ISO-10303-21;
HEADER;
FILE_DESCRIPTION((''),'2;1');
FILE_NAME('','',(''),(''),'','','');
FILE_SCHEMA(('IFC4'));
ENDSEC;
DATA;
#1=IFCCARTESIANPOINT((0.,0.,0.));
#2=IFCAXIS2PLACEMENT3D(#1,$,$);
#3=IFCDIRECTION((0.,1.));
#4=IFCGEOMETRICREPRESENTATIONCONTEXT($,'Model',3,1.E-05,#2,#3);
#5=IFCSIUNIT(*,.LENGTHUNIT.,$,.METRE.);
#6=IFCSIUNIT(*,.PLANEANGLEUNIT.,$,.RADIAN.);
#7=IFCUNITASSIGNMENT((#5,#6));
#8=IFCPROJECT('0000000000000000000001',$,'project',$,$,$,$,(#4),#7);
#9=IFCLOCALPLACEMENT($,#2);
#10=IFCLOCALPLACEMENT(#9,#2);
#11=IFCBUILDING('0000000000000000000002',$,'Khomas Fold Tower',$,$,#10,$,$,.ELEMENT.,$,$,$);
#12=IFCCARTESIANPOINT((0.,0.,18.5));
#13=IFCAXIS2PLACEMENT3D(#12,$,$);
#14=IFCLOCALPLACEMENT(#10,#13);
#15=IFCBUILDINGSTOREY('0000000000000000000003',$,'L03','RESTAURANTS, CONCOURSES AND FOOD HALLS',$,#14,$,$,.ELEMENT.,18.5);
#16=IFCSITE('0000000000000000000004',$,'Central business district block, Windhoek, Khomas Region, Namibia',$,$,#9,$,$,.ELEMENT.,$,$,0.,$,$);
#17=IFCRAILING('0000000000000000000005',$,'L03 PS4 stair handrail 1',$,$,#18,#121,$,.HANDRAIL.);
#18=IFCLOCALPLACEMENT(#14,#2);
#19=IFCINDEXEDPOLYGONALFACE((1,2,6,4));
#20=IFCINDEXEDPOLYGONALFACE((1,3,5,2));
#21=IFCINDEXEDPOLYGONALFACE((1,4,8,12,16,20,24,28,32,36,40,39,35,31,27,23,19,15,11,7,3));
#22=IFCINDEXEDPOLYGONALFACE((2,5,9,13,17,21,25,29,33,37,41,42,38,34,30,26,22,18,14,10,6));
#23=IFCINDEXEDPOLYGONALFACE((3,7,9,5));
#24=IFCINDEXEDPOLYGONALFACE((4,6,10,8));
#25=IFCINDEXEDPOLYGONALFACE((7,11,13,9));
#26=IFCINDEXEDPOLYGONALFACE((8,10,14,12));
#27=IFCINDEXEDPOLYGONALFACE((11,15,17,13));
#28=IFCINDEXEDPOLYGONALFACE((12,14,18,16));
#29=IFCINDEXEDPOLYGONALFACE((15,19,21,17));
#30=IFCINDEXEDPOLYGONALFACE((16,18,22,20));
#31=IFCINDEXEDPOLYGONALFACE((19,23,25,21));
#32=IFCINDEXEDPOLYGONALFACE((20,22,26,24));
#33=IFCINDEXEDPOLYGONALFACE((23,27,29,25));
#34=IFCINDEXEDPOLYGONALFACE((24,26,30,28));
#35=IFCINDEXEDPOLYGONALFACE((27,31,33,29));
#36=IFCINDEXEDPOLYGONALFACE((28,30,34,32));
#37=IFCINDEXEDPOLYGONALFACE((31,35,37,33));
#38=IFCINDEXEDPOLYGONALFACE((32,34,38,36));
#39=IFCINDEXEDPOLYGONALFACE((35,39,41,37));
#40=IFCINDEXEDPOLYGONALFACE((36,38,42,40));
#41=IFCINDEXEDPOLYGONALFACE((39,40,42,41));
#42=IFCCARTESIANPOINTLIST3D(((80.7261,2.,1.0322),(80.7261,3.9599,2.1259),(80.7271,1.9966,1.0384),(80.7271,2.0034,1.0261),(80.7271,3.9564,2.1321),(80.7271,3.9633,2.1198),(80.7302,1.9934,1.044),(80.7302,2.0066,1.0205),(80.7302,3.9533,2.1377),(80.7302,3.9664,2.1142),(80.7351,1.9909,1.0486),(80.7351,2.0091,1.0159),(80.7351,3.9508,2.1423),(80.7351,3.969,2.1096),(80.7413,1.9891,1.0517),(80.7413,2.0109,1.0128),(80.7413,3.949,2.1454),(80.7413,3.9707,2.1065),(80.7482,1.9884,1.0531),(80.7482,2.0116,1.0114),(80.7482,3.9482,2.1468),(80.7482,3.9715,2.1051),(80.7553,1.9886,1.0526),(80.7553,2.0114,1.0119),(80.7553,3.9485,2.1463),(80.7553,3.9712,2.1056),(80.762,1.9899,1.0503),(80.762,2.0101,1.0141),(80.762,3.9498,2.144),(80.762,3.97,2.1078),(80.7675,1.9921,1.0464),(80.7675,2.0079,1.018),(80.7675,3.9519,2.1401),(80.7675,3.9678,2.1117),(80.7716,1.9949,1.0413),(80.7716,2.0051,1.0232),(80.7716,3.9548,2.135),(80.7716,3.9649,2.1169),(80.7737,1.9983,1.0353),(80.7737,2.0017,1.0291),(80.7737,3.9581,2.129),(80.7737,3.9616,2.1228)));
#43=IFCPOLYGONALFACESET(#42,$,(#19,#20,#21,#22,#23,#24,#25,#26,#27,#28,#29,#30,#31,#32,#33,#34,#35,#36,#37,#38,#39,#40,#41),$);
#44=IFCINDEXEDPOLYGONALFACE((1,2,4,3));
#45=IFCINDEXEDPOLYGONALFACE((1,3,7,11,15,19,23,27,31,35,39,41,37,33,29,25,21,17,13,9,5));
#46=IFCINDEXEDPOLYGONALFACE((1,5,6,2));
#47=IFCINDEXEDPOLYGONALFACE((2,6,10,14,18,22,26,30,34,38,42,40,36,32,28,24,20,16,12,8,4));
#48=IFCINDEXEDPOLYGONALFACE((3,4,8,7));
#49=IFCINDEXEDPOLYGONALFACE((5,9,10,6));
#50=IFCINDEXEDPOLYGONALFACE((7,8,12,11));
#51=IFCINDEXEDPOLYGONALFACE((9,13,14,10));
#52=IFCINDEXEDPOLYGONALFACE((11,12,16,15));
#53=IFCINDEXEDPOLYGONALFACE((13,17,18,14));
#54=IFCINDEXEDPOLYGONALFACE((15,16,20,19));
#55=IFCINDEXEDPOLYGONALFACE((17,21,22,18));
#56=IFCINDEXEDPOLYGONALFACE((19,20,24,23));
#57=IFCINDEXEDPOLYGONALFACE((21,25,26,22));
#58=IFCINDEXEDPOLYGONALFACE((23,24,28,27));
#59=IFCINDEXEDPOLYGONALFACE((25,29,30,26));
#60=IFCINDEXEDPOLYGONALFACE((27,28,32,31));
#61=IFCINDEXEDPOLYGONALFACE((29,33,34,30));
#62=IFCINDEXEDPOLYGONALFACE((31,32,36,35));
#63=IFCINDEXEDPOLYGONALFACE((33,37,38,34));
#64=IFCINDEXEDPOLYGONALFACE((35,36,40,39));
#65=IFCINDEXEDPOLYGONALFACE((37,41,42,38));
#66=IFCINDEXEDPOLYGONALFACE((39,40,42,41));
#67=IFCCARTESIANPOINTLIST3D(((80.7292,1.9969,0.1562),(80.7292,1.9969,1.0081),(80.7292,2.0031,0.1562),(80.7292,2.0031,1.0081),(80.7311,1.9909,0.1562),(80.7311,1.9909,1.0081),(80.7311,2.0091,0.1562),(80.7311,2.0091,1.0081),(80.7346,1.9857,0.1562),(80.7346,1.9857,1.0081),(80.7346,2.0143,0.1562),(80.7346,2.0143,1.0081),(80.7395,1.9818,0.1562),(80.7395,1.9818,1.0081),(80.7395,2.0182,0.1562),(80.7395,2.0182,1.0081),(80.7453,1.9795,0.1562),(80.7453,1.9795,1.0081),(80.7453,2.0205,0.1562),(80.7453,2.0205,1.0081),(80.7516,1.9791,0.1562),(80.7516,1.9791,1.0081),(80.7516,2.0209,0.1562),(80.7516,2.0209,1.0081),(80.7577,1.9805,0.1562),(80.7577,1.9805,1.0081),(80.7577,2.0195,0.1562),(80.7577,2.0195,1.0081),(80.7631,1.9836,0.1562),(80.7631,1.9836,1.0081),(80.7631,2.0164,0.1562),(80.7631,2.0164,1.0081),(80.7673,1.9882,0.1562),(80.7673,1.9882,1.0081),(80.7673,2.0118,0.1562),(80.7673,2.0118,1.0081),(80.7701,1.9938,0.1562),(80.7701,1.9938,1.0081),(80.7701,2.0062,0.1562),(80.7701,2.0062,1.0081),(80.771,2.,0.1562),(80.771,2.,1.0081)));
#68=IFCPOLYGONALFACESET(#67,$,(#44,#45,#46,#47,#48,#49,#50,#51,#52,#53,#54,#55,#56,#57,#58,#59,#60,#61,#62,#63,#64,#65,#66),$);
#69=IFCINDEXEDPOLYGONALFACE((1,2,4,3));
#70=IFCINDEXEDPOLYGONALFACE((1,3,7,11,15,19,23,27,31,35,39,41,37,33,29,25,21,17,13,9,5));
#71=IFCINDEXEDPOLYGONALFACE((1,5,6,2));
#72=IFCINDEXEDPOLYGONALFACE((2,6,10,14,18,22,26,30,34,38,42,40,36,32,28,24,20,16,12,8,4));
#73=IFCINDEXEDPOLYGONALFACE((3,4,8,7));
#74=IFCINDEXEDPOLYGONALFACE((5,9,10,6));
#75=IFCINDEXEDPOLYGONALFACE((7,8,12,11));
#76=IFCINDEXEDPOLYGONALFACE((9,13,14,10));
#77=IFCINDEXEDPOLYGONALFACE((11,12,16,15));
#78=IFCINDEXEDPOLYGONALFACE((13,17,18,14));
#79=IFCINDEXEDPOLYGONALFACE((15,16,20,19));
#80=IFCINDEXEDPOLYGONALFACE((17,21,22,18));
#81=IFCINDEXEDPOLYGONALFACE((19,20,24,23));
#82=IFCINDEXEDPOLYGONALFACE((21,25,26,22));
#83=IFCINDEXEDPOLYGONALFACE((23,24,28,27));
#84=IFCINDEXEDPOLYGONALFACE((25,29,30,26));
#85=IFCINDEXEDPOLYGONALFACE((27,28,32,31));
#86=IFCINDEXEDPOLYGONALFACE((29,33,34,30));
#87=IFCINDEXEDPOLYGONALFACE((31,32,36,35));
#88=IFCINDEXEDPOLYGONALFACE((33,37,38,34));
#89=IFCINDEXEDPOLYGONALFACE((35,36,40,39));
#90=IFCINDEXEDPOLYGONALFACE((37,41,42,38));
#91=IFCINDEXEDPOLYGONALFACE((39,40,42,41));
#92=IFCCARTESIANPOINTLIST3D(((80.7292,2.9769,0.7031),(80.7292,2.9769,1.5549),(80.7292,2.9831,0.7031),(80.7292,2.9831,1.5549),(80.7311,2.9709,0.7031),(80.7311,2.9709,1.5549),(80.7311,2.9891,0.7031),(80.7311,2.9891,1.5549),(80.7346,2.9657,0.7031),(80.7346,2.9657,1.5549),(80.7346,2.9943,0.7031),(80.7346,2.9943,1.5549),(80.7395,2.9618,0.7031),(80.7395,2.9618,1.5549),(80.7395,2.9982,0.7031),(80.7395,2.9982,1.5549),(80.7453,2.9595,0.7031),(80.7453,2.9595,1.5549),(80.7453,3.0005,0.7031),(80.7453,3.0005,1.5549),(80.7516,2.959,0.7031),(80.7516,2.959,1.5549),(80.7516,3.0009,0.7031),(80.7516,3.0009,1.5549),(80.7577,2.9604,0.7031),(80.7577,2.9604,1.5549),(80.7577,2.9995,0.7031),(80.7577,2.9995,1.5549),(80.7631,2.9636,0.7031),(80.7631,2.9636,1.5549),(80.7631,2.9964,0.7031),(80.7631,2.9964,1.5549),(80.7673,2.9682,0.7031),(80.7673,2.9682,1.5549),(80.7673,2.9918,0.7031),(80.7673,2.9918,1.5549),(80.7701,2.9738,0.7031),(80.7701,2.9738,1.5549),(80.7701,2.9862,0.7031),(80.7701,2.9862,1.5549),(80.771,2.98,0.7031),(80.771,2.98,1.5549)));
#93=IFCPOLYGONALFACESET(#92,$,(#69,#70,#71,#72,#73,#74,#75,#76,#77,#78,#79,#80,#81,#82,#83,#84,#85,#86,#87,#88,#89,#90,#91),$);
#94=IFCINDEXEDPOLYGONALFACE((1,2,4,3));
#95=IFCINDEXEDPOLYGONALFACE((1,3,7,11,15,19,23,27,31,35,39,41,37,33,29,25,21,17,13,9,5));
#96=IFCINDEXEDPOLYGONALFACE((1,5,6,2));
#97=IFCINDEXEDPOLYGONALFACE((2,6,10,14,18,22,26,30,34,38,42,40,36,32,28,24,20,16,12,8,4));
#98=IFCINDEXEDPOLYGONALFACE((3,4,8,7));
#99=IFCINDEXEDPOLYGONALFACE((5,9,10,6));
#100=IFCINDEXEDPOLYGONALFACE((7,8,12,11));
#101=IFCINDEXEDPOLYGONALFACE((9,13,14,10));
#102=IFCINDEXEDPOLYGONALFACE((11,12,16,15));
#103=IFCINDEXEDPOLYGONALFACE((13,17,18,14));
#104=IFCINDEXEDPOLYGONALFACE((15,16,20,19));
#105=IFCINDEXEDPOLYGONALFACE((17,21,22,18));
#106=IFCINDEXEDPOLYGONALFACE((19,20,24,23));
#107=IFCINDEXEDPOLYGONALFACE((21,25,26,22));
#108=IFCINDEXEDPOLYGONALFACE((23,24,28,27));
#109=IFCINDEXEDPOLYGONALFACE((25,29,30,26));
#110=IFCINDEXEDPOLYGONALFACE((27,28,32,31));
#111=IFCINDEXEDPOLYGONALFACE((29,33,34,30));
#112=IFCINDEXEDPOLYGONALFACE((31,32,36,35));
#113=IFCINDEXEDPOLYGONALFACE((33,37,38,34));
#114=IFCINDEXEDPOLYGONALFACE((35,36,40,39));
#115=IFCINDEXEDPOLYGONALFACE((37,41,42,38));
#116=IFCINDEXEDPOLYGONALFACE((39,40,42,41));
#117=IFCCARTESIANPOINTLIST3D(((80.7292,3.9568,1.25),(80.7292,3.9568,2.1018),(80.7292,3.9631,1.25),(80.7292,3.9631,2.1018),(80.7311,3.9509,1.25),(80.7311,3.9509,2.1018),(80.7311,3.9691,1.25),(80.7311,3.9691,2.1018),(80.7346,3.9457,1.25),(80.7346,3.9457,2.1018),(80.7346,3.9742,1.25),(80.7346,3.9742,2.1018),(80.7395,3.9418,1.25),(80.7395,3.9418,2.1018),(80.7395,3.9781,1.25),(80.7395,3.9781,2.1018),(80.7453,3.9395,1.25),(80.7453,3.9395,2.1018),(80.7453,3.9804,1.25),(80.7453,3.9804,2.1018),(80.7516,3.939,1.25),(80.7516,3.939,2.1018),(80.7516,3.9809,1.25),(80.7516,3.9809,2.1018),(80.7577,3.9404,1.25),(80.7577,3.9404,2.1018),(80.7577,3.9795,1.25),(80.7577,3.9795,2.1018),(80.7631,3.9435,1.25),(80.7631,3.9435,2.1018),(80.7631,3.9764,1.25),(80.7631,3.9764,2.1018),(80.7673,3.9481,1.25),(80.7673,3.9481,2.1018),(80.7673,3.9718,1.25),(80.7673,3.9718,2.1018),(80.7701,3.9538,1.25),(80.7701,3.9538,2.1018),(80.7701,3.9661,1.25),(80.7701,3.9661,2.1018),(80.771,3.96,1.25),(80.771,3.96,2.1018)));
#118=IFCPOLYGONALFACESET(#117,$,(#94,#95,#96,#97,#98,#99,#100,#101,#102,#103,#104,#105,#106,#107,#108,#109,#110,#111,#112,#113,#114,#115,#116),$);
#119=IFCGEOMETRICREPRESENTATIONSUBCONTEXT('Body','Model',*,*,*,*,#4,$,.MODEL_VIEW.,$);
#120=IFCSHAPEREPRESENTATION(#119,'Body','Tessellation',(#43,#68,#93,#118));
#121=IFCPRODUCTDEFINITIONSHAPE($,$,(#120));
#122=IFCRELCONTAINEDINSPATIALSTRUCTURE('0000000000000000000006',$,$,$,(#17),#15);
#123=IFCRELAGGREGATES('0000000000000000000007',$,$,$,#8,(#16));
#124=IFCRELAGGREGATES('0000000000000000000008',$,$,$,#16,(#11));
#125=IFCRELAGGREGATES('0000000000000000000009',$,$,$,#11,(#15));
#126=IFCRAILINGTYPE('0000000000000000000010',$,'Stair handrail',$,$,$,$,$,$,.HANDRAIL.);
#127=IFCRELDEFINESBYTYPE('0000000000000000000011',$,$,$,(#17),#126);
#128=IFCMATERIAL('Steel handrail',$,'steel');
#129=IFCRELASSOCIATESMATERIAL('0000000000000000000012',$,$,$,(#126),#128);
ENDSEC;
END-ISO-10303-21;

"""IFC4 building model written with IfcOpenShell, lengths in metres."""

from ifc_helpers import new_model, si_unit, direction, frame, origin, origin_2d, place, context, subcontext, project, spatial, circle, extrude, source, transform, mapped, material, type_object, element, save


model = new_model("IFC4")

# Units and contexts
model_context = context("Model", 3, precision=1e-05, world=origin(), true_north=direction((0.0, 1.0)))
body_context = subcontext(model_context, "Body", "Model", "MODEL_VIEW")
ifc_project = project(units=[si_unit("LENGTHUNIT", "METRE"), si_unit("PLANEANGLEUNIT", "RADIAN")], contexts=[model_context])

# Site, building, storey
site_placement = place(None, origin())
site = spatial("IfcSite", under=ifc_project, at=site_placement, Name="Central business district block, Windhoek, Khomas Region, Namibia", CompositionType="ELEMENT", RefElevation=0.0)
building_placement = place(site_placement, origin())
building = spatial("IfcBuilding", under=site, at=building_placement, Name="Khomas Fold Tower", CompositionType="ELEMENT")
storey_placement = place(building_placement, frame((0.0, 0.0, 18.5)))
storey = spatial("IfcBuildingStorey", under=building, at=storey_placement, Name="L03", Description="RESTAURANTS, CONCOURSES AND FOOD HALLS", CompositionType="ELEMENT", Elevation=18.5)

# Railing
ifc_material_1 = material(Name="Steel handrail", Category="steel")
railing_type_1 = type_object("IfcRailingType", Name="Stair handrail", PredefinedType="HANDRAIL", material=ifc_material_1)
shared_shape_1 = source(origin(), body_context, "Body", "SweptSolid", [
    extrude(circle(Radius=0.0239, at=origin_2d()), frame((0.0, 0.0, 0.876), z_axis=(0.0, 0.873232, 0.487304), x_axis=(-1.0, 0.0, 0.0)), (0.0, 0.0, 1.0), 2.2444),
    extrude(circle(Radius=0.021, at=origin_2d()), origin(), (0.0, 0.0, 1.0), 0.8518),
    extrude(circle(Radius=0.021, at=origin_2d()), frame((0.0, 0.98, 0.5469)), (0.0, 0.0, 1.0), 0.8518),
    extrude(circle(Radius=0.021, at=origin_2d()), frame((0.0, 1.96, 1.0938)), (0.0, 0.0, 1.0), 0.8518),
])
for number, where, name in (
    (1, (80.75, 2.0, 0.1562), "L03 PS4 stair handrail 1"),
):
    element("IfcRailing", number, at=place(storey_placement, frame(where)), inside=storey, type_object=railing_type_1, Name=name, PredefinedType="HANDRAIL", context=body_context, shape_type="MappedRepresentation", body=[
        mapped(shared_shape_1, transform((0.0, 0.0, 0.0))),
    ])

save(model, "model.ifc")
